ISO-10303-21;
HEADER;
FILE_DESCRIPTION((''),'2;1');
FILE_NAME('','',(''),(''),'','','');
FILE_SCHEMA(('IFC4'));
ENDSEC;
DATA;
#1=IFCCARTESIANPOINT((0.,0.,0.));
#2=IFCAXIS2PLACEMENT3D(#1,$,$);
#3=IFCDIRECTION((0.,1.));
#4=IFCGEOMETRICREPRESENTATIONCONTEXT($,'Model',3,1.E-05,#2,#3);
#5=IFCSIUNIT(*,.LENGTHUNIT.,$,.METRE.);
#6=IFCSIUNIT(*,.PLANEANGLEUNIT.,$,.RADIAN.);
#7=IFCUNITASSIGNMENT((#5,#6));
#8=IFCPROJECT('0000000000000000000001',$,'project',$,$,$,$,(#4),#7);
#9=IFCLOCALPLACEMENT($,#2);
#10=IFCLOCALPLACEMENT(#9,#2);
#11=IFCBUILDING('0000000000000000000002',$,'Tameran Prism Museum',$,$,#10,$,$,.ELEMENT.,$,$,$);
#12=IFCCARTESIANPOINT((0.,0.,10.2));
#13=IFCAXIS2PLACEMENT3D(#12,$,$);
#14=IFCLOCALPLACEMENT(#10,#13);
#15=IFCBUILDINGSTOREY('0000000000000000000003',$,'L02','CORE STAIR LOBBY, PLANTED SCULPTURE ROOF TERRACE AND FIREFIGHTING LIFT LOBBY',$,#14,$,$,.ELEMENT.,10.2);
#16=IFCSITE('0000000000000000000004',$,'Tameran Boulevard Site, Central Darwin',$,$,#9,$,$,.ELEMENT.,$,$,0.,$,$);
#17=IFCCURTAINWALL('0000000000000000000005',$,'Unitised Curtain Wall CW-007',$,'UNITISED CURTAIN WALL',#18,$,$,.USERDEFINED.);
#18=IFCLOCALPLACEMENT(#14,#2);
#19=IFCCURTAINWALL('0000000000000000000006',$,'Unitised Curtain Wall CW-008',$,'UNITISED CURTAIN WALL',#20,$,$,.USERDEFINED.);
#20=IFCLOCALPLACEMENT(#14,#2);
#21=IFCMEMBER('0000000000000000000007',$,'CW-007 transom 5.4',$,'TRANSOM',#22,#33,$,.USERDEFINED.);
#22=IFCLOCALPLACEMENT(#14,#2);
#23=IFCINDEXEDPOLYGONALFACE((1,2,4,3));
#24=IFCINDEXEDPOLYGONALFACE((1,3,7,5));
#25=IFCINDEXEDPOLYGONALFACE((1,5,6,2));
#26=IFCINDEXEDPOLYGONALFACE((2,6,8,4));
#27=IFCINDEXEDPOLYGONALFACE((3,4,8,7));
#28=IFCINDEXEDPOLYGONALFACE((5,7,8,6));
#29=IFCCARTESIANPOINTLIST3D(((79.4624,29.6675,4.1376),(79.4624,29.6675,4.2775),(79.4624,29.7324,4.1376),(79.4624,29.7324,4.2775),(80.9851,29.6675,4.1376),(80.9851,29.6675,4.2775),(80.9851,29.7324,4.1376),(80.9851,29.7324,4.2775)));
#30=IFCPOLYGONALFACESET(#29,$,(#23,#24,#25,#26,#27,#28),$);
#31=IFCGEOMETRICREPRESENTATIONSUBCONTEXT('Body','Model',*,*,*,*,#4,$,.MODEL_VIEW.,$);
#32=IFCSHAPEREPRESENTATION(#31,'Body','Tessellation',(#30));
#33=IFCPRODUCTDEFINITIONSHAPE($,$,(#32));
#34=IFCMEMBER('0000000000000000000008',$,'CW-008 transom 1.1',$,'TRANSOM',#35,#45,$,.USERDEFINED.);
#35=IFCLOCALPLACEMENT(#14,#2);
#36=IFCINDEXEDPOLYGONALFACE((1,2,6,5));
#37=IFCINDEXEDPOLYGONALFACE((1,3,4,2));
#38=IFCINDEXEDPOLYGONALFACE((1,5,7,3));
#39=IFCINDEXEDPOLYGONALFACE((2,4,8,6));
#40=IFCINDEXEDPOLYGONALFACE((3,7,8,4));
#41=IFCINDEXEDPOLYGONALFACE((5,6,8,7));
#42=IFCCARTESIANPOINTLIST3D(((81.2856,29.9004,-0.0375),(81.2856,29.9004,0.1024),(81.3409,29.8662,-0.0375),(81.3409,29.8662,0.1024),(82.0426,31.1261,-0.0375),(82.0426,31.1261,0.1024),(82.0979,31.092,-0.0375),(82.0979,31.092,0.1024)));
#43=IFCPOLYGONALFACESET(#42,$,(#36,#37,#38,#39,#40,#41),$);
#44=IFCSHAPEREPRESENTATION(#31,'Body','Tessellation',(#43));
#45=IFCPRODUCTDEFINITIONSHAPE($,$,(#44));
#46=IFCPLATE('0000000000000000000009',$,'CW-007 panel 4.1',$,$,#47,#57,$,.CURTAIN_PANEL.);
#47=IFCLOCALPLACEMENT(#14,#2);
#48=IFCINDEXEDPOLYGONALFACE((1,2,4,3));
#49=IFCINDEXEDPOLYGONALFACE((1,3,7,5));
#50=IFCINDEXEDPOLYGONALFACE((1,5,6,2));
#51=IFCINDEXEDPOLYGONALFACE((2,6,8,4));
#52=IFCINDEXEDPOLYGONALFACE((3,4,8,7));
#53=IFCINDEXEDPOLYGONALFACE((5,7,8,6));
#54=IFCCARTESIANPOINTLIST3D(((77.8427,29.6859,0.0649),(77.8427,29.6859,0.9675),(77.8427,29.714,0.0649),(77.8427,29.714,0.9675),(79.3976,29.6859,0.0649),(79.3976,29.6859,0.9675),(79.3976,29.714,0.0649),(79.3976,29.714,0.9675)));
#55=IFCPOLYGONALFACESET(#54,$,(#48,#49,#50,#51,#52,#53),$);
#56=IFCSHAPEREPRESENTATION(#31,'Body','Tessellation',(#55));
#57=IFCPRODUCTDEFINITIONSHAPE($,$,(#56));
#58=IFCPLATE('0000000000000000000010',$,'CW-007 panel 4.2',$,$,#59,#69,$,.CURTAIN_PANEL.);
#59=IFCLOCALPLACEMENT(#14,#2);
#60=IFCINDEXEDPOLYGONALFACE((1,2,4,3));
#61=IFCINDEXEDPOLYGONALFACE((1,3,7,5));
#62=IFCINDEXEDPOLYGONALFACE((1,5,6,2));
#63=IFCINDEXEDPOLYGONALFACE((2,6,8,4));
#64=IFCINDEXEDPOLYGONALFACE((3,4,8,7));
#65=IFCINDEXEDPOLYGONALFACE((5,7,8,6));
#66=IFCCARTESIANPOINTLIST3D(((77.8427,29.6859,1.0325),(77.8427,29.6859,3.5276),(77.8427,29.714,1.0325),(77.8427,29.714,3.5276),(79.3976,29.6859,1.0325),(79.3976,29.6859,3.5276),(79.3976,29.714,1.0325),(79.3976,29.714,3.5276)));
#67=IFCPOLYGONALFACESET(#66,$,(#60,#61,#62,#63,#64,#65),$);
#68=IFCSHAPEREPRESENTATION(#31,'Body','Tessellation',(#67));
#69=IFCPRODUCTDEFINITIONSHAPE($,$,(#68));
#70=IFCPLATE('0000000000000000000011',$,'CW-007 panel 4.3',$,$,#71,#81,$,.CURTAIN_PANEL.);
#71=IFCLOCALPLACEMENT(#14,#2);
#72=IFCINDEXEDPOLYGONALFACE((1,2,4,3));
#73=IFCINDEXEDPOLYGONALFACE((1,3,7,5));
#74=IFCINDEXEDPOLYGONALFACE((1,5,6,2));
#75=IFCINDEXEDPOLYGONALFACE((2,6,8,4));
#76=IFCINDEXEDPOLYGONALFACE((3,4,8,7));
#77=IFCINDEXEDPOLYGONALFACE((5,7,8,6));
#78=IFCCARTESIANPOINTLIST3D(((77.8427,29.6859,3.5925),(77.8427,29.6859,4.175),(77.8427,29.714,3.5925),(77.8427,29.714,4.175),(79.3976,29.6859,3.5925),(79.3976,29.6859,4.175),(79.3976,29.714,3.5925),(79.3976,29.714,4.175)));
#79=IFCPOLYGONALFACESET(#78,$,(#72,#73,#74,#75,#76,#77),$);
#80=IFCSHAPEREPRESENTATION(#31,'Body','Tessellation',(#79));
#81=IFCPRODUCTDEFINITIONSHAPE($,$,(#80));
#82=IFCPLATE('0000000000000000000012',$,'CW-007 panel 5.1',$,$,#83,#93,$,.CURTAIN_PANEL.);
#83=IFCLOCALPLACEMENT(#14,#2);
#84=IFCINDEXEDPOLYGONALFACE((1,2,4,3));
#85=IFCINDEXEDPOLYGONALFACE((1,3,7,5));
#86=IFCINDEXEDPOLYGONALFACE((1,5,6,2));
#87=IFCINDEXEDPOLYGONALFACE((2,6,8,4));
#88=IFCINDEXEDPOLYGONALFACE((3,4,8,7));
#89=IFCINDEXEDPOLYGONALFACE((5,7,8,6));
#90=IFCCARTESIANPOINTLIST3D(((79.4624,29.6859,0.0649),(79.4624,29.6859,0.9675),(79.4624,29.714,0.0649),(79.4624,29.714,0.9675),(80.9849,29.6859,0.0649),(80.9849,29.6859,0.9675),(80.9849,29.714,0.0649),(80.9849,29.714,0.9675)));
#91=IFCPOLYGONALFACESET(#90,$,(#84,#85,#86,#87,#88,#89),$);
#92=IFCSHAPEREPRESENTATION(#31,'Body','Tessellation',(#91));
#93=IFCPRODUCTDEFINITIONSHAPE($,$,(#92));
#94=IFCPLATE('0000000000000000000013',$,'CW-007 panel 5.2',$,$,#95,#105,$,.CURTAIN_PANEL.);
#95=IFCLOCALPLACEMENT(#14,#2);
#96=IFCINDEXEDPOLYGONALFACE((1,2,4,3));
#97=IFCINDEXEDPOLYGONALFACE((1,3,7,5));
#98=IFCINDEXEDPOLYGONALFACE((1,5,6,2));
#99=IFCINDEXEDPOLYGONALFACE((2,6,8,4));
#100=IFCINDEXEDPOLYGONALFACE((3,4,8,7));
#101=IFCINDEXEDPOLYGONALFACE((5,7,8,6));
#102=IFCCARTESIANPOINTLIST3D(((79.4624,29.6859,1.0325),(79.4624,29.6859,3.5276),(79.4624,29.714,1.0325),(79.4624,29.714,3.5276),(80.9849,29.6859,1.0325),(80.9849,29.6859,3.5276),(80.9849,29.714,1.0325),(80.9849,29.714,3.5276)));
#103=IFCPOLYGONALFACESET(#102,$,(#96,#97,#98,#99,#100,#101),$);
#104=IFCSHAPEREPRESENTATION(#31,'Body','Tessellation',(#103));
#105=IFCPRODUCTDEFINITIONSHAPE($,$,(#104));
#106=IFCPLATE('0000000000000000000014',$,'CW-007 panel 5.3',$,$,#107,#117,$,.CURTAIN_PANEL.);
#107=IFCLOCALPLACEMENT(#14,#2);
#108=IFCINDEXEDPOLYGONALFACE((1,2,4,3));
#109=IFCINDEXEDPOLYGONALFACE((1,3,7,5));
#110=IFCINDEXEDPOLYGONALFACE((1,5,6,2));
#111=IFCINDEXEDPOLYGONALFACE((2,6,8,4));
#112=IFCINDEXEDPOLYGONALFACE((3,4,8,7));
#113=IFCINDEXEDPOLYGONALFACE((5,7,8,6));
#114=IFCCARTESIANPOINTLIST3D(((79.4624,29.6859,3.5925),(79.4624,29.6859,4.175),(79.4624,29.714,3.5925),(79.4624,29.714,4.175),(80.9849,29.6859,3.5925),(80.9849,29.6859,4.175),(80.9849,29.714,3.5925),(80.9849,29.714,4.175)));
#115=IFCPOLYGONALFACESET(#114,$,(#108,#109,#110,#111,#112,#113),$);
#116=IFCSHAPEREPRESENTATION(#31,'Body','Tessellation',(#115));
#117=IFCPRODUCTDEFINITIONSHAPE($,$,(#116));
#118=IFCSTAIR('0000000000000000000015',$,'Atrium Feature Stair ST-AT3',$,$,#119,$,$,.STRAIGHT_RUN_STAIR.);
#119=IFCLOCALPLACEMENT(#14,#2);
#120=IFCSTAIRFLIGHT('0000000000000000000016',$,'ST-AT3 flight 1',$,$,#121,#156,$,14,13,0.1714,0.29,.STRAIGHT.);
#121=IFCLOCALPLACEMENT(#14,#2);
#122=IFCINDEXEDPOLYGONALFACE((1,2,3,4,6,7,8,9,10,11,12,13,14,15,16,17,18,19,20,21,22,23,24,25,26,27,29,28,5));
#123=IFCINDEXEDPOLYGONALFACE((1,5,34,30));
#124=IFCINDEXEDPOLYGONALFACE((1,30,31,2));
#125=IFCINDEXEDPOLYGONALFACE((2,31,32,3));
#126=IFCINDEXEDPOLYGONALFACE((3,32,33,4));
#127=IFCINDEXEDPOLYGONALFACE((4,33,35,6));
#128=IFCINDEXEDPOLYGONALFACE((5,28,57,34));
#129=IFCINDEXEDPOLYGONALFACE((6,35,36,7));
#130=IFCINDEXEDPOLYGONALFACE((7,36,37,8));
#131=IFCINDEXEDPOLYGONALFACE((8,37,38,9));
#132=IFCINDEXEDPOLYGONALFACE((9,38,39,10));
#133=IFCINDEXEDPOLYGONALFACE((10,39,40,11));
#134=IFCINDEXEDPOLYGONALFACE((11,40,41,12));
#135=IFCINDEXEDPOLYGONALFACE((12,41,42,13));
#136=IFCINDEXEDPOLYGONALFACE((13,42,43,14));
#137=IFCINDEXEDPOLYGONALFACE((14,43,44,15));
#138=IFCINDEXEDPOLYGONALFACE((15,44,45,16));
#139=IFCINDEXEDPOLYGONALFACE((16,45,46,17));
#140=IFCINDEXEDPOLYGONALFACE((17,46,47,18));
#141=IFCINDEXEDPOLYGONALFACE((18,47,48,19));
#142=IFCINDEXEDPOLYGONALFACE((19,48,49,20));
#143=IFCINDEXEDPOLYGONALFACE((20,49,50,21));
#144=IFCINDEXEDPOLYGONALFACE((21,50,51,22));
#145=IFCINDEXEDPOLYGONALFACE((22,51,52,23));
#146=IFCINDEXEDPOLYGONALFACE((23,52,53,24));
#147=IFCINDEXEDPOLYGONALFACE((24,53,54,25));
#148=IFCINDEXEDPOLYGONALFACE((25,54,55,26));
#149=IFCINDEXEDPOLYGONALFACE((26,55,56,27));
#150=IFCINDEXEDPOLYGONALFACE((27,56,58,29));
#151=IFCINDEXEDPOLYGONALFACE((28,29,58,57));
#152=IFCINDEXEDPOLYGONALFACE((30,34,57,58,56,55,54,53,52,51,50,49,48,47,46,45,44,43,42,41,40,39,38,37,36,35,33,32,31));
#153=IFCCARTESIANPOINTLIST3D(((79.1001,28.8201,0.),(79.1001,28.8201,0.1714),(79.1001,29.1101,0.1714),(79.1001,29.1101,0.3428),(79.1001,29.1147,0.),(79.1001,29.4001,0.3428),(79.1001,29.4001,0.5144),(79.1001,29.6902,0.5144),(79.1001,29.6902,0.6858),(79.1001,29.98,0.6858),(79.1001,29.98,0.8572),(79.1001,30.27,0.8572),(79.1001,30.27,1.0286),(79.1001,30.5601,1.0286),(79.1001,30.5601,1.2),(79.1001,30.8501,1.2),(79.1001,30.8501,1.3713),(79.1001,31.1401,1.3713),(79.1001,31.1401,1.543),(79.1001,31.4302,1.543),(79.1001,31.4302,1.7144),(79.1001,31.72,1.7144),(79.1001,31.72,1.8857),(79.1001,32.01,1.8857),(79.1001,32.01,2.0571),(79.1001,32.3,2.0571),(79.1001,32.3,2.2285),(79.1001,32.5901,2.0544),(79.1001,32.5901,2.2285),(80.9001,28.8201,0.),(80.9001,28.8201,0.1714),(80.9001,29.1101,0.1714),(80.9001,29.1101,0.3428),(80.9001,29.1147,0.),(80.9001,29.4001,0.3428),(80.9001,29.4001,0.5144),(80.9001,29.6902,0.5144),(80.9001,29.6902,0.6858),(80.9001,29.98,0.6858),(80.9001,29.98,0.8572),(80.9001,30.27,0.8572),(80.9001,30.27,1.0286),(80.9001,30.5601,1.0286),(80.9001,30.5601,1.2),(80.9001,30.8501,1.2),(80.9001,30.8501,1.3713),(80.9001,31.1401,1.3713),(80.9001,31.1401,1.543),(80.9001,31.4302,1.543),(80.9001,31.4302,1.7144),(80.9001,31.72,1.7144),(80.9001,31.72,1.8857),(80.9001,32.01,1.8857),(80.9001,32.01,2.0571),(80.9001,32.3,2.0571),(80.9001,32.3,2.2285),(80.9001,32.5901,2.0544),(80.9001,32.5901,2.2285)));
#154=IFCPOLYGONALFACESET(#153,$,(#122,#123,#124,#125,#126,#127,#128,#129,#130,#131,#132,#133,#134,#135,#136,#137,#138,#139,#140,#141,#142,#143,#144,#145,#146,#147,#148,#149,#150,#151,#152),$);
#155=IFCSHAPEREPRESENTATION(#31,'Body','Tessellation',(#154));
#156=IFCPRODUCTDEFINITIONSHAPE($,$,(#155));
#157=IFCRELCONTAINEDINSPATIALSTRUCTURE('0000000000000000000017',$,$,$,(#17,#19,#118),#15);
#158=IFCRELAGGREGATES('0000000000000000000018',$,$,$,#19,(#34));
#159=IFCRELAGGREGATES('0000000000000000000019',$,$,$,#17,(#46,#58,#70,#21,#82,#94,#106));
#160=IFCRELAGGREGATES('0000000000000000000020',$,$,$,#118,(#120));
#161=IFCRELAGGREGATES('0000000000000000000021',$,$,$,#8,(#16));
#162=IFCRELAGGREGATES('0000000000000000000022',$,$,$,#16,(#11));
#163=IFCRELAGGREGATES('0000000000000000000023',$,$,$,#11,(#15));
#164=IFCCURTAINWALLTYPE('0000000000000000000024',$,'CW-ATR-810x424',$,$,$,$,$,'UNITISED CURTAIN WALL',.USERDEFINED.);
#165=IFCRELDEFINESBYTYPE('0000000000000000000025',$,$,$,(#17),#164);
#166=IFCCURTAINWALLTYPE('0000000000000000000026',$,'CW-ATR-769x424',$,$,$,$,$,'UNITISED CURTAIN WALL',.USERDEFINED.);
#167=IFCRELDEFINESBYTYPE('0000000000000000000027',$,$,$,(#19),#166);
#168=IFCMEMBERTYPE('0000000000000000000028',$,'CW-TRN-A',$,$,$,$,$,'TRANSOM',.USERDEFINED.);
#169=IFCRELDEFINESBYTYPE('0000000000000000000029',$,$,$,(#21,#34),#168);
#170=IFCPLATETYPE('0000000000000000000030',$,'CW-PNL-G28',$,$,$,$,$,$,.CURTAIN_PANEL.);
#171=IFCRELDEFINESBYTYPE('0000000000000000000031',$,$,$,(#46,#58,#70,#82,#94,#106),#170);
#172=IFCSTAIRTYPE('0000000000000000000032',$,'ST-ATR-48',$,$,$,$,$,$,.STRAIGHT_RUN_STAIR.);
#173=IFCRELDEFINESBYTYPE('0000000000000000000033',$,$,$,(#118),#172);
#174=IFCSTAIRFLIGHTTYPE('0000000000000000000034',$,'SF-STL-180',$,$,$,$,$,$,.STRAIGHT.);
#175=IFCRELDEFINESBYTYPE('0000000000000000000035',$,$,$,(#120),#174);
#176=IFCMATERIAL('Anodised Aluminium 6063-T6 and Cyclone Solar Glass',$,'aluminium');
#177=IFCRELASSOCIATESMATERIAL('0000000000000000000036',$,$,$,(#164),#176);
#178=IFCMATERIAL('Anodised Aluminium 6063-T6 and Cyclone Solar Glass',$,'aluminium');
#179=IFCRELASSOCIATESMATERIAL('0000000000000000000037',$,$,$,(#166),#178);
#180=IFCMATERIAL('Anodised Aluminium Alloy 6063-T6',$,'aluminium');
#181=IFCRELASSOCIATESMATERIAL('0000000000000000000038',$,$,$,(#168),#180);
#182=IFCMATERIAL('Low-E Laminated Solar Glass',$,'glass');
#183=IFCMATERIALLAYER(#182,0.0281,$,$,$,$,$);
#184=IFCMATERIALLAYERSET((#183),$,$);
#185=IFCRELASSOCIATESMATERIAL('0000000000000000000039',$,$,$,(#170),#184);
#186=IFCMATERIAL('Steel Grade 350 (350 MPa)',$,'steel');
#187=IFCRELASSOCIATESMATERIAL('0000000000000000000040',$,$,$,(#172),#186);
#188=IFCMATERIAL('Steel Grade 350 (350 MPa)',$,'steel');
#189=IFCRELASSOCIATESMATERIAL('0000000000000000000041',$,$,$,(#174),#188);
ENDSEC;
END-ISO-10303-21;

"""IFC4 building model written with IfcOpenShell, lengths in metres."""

from ifc_helpers import new_model, si_unit, direction, frame, origin, origin_2d, place, context, subcontext, project, spatial, polyline, rectangle, outline, extrude, material, layer, layer_set, material_profile, profile_set, type_object, element, aggregate, save


model = new_model("IFC4")

# Units and contexts
model_context = context("Model", 3, precision=1e-05, world=origin(), true_north=direction((0.0, 1.0)))
body_context = subcontext(model_context, "Body", "Model", "MODEL_VIEW")
ifc_project = project(units=[si_unit("LENGTHUNIT", "METRE"), si_unit("PLANEANGLEUNIT", "RADIAN")], contexts=[model_context])

# Site, building, storey
site_placement = place(None, origin())
site = spatial("IfcSite", under=ifc_project, at=site_placement, Name="Tameran Boulevard Site, Central Darwin", CompositionType="ELEMENT", RefElevation=0.0)
building_placement = place(site_placement, origin())
building = spatial("IfcBuilding", under=site, at=building_placement, Name="Tameran Prism Museum", CompositionType="ELEMENT")
storey_placement = place(building_placement, frame((0.0, 0.0, 10.2)))
storey = spatial("IfcBuildingStorey", under=building, at=storey_placement, Name="L02", Description="CORE STAIR LOBBY, PLANTED SCULPTURE ROOF TERRACE AND FIREFIGHTING LIFT LOBBY", CompositionType="ELEMENT", Elevation=10.2)

# Curtain wall
ifc_material_1 = material(Name="Anodised Aluminium 6063-T6 and Cyclone Solar Glass", Category="aluminium")
curtain_wall_type_1 = type_object("IfcCurtainWallType", Name="CW-ATR-810x424", ElementType="UNITISED CURTAIN WALL", PredefinedType="USERDEFINED", material=ifc_material_1)
curtain_wall_1_placement = place(storey_placement, origin())
curtain_wall_1 = element("IfcCurtainWall", 1, at=curtain_wall_1_placement, inside=storey, type_object=curtain_wall_type_1, Name="Unitised Curtain Wall CW-007", ObjectType="UNITISED CURTAIN WALL", PredefinedType="USERDEFINED")

# Curtain wall
ifc_material_2 = material(Name="Anodised Aluminium 6063-T6 and Cyclone Solar Glass", Category="aluminium")
curtain_wall_type_2 = type_object("IfcCurtainWallType", Name="CW-ATR-769x424", ElementType="UNITISED CURTAIN WALL", PredefinedType="USERDEFINED", material=ifc_material_2)
curtain_wall_2_placement = place(storey_placement, origin())
curtain_wall_2 = element("IfcCurtainWall", 2, at=curtain_wall_2_placement, inside=storey, type_object=curtain_wall_type_2, Name="Unitised Curtain Wall CW-008", ObjectType="UNITISED CURTAIN WALL", PredefinedType="USERDEFINED")

# Members
ifc_material_3 = material(Name="Anodised Aluminium Alloy 6063-T6", Category="aluminium")
ifc_material_profile_1 = material_profile(ifc_material_3, rectangle(XDim=0.0649, YDim=0.1399, at=origin_2d()))
ifc_profile_set_1 = profile_set([ifc_material_profile_1])
member_type_1 = type_object("IfcMemberType", Name="CW-TRN-A", ElementType="TRANSOM", PredefinedType="USERDEFINED", material=ifc_profile_set_1)
member_1_placement = place(storey_placement, frame((79.4624, 29.7, 4.2075), z_axis=(1.0, 0.0, 0.0), x_axis=(0.0, 1.0, 0.0)))
member_1 = element("IfcMember", 3, at=member_1_placement, type_object=member_type_1, Name="CW-007 transom 5.4", ObjectType="TRANSOM", PredefinedType="USERDEFINED", context=body_context, shape_type="SweptSolid", body=[
    extrude(rectangle(XDim=0.0649, YDim=0.1399, at=origin_2d()), origin(), (0.0, 0.0, 1.0), 1.5227),
])
member_2_placement = place(storey_placement, frame((81.3132, 29.8833, 0.0325), z_axis=(0.525468, 0.850814, 0.0), x_axis=(-0.850814, 0.525468, 0.0)))
member_2 = element("IfcMember", 4, at=member_2_placement, type_object=member_type_1, Name="CW-008 transom 1.1", ObjectType="TRANSOM", PredefinedType="USERDEFINED", context=body_context, shape_type="SweptSolid", body=[
    extrude(rectangle(XDim=0.0649, YDim=0.1399, at=origin_2d()), origin(), (0.0, 0.0, 1.0), 1.4407),
])
aggregate(curtain_wall_2, [member_2])

# Plates
ifc_material_4 = material(Name="Low-E Laminated Solar Glass", Category="glass")
ifc_layer_1 = layer(ifc_material_4, 0.0281)
ifc_layer_set_1 = layer_set([ifc_layer_1])
plate_type = type_object("IfcPlateType", Name="CW-PNL-G28", PredefinedType="CURTAIN_PANEL", material=ifc_layer_set_1)
plate_1_placement = place(storey_placement, frame((78.6201, 29.7, 0.0649), z_axis=(0.0, 0.0, 1.0), x_axis=(1.0, 0.0, 0.0)))
plate_1 = element("IfcPlate", 5, at=plate_1_placement, type_object=plate_type, Name="CW-007 panel 4.1", PredefinedType="CURTAIN_PANEL", context=body_context, shape_type="SweptSolid", body=[
    extrude(rectangle(XDim=1.5549, YDim=0.0281, at=origin_2d()), origin(), (0.0, 0.0, 1.0), 0.9026),
])
plate_2_placement = place(storey_placement, frame((78.6201, 29.7, 1.0325), z_axis=(0.0, 0.0, 1.0), x_axis=(1.0, 0.0, 0.0)))
plate_2 = element("IfcPlate", 6, at=plate_2_placement, type_object=plate_type, Name="CW-007 panel 4.2", PredefinedType="CURTAIN_PANEL", context=body_context, shape_type="SweptSolid", body=[
    extrude(rectangle(XDim=1.5549, YDim=0.0281, at=origin_2d()), origin(), (0.0, 0.0, 1.0), 2.4951),
])
plate_3_placement = place(storey_placement, frame((78.6201, 29.7, 3.5925), z_axis=(0.0, 0.0, 1.0), x_axis=(1.0, 0.0, 0.0)))
plate_3 = element("IfcPlate", 7, at=plate_3_placement, type_object=plate_type, Name="CW-007 panel 4.3", PredefinedType="CURTAIN_PANEL", context=body_context, shape_type="SweptSolid", body=[
    extrude(rectangle(XDim=1.5549, YDim=0.0281, at=origin_2d()), origin(), (0.0, 0.0, 1.0), 0.5825),
])
plate_4_placement = place(storey_placement, frame((80.2236, 29.7, 0.0649), z_axis=(0.0, 0.0, 1.0), x_axis=(1.0, 0.0, 0.0)))
plate_4 = element("IfcPlate", 8, at=plate_4_placement, type_object=plate_type, Name="CW-007 panel 5.1", PredefinedType="CURTAIN_PANEL", context=body_context, shape_type="SweptSolid", body=[
    extrude(rectangle(XDim=1.5225, YDim=0.0281, at=origin_2d()), origin(), (0.0, 0.0, 1.0), 0.9026),
])
plate_5_placement = place(storey_placement, frame((80.2236, 29.7, 1.0325), z_axis=(0.0, 0.0, 1.0), x_axis=(1.0, 0.0, 0.0)))
plate_5 = element("IfcPlate", 9, at=plate_5_placement, type_object=plate_type, Name="CW-007 panel 5.2", PredefinedType="CURTAIN_PANEL", context=body_context, shape_type="SweptSolid", body=[
    extrude(rectangle(XDim=1.5225, YDim=0.0281, at=origin_2d()), origin(), (0.0, 0.0, 1.0), 2.4951),
])
plate_6_placement = place(storey_placement, frame((80.2236, 29.7, 3.5925), z_axis=(0.0, 0.0, 1.0), x_axis=(1.0, 0.0, 0.0)))
plate_6 = element("IfcPlate", 10, at=plate_6_placement, type_object=plate_type, Name="CW-007 panel 5.3", PredefinedType="CURTAIN_PANEL", context=body_context, shape_type="SweptSolid", body=[
    extrude(rectangle(XDim=1.5225, YDim=0.0281, at=origin_2d()), origin(), (0.0, 0.0, 1.0), 0.5825),
])
aggregate(curtain_wall_1, [plate_1, plate_2, plate_3, member_1, plate_4, plate_5, plate_6])

# Stair, stair flight
ifc_material_5 = material(Name="Steel Grade 350 (350 MPa)", Category="steel")
stair_type = type_object("IfcStairType", Name="ST-ATR-48", PredefinedType="STRAIGHT_RUN_STAIR", material=ifc_material_5)
stair_placement = place(storey_placement, origin())
stair = element("IfcStair", 11, at=stair_placement, inside=storey, type_object=stair_type, Name="Atrium Feature Stair ST-AT3", PredefinedType="STRAIGHT_RUN_STAIR")
ifc_material_6 = material(Name="Steel Grade 350 (350 MPa)", Category="steel")
stair_flight_type = type_object("IfcStairFlightType", Name="SF-STL-180", PredefinedType="STRAIGHT", material=ifc_material_6)
stair_flight_placement = place(storey_placement, frame((80.0, 28.8201, 0.0), z_axis=(0.0, 0.0, 1.0), x_axis=(0.0, 1.0, 0.0)))
stair_flight = element("IfcStairFlight", 12, at=stair_flight_placement, type_object=stair_flight_type, Name="ST-AT3 flight 1", NumberOfRisers=14, NumberOfTreads=13, PredefinedType="STRAIGHT", RiserHeight=0.1714, TreadLength=0.29, context=body_context, shape_type="SweptSolid", body=[
    extrude(outline(polyline([(0.0, 0.0), (0.0, 0.1714), (0.29, 0.1714), (0.29, 0.3428), (0.5801, 0.3428), (0.5801, 0.5144), (0.8701, 0.5144), (0.8701, 0.6858), (1.1599, 0.6858), (1.1599, 0.8572), (1.45, 0.8572), (1.45, 1.0286), (1.74, 1.0286), (1.74, 1.2), (2.03, 1.2), (2.03, 1.3713), (2.3201, 1.3713), (2.3201, 1.543), (2.6101, 1.543), (2.6101, 1.7144), (2.8999, 1.7144), (2.8999, 1.8857), (3.1899, 1.8857), (3.1899, 2.0571), (3.48, 2.0571), (3.48, 2.2285), (3.77, 2.2285), (3.77, 2.3999), (3.77, 2.0544), (0.2947, 0.0), (0.0, 0.0)])), frame((0.0, 0.8999, 0.0), z_axis=(0.0, -1.0, 0.0), x_axis=(1.0, 0.0, 0.0)), (0.0, 0.0, 1.0), 1.8),
])
aggregate(stair, [stair_flight])

save(model, "model.ifc")
